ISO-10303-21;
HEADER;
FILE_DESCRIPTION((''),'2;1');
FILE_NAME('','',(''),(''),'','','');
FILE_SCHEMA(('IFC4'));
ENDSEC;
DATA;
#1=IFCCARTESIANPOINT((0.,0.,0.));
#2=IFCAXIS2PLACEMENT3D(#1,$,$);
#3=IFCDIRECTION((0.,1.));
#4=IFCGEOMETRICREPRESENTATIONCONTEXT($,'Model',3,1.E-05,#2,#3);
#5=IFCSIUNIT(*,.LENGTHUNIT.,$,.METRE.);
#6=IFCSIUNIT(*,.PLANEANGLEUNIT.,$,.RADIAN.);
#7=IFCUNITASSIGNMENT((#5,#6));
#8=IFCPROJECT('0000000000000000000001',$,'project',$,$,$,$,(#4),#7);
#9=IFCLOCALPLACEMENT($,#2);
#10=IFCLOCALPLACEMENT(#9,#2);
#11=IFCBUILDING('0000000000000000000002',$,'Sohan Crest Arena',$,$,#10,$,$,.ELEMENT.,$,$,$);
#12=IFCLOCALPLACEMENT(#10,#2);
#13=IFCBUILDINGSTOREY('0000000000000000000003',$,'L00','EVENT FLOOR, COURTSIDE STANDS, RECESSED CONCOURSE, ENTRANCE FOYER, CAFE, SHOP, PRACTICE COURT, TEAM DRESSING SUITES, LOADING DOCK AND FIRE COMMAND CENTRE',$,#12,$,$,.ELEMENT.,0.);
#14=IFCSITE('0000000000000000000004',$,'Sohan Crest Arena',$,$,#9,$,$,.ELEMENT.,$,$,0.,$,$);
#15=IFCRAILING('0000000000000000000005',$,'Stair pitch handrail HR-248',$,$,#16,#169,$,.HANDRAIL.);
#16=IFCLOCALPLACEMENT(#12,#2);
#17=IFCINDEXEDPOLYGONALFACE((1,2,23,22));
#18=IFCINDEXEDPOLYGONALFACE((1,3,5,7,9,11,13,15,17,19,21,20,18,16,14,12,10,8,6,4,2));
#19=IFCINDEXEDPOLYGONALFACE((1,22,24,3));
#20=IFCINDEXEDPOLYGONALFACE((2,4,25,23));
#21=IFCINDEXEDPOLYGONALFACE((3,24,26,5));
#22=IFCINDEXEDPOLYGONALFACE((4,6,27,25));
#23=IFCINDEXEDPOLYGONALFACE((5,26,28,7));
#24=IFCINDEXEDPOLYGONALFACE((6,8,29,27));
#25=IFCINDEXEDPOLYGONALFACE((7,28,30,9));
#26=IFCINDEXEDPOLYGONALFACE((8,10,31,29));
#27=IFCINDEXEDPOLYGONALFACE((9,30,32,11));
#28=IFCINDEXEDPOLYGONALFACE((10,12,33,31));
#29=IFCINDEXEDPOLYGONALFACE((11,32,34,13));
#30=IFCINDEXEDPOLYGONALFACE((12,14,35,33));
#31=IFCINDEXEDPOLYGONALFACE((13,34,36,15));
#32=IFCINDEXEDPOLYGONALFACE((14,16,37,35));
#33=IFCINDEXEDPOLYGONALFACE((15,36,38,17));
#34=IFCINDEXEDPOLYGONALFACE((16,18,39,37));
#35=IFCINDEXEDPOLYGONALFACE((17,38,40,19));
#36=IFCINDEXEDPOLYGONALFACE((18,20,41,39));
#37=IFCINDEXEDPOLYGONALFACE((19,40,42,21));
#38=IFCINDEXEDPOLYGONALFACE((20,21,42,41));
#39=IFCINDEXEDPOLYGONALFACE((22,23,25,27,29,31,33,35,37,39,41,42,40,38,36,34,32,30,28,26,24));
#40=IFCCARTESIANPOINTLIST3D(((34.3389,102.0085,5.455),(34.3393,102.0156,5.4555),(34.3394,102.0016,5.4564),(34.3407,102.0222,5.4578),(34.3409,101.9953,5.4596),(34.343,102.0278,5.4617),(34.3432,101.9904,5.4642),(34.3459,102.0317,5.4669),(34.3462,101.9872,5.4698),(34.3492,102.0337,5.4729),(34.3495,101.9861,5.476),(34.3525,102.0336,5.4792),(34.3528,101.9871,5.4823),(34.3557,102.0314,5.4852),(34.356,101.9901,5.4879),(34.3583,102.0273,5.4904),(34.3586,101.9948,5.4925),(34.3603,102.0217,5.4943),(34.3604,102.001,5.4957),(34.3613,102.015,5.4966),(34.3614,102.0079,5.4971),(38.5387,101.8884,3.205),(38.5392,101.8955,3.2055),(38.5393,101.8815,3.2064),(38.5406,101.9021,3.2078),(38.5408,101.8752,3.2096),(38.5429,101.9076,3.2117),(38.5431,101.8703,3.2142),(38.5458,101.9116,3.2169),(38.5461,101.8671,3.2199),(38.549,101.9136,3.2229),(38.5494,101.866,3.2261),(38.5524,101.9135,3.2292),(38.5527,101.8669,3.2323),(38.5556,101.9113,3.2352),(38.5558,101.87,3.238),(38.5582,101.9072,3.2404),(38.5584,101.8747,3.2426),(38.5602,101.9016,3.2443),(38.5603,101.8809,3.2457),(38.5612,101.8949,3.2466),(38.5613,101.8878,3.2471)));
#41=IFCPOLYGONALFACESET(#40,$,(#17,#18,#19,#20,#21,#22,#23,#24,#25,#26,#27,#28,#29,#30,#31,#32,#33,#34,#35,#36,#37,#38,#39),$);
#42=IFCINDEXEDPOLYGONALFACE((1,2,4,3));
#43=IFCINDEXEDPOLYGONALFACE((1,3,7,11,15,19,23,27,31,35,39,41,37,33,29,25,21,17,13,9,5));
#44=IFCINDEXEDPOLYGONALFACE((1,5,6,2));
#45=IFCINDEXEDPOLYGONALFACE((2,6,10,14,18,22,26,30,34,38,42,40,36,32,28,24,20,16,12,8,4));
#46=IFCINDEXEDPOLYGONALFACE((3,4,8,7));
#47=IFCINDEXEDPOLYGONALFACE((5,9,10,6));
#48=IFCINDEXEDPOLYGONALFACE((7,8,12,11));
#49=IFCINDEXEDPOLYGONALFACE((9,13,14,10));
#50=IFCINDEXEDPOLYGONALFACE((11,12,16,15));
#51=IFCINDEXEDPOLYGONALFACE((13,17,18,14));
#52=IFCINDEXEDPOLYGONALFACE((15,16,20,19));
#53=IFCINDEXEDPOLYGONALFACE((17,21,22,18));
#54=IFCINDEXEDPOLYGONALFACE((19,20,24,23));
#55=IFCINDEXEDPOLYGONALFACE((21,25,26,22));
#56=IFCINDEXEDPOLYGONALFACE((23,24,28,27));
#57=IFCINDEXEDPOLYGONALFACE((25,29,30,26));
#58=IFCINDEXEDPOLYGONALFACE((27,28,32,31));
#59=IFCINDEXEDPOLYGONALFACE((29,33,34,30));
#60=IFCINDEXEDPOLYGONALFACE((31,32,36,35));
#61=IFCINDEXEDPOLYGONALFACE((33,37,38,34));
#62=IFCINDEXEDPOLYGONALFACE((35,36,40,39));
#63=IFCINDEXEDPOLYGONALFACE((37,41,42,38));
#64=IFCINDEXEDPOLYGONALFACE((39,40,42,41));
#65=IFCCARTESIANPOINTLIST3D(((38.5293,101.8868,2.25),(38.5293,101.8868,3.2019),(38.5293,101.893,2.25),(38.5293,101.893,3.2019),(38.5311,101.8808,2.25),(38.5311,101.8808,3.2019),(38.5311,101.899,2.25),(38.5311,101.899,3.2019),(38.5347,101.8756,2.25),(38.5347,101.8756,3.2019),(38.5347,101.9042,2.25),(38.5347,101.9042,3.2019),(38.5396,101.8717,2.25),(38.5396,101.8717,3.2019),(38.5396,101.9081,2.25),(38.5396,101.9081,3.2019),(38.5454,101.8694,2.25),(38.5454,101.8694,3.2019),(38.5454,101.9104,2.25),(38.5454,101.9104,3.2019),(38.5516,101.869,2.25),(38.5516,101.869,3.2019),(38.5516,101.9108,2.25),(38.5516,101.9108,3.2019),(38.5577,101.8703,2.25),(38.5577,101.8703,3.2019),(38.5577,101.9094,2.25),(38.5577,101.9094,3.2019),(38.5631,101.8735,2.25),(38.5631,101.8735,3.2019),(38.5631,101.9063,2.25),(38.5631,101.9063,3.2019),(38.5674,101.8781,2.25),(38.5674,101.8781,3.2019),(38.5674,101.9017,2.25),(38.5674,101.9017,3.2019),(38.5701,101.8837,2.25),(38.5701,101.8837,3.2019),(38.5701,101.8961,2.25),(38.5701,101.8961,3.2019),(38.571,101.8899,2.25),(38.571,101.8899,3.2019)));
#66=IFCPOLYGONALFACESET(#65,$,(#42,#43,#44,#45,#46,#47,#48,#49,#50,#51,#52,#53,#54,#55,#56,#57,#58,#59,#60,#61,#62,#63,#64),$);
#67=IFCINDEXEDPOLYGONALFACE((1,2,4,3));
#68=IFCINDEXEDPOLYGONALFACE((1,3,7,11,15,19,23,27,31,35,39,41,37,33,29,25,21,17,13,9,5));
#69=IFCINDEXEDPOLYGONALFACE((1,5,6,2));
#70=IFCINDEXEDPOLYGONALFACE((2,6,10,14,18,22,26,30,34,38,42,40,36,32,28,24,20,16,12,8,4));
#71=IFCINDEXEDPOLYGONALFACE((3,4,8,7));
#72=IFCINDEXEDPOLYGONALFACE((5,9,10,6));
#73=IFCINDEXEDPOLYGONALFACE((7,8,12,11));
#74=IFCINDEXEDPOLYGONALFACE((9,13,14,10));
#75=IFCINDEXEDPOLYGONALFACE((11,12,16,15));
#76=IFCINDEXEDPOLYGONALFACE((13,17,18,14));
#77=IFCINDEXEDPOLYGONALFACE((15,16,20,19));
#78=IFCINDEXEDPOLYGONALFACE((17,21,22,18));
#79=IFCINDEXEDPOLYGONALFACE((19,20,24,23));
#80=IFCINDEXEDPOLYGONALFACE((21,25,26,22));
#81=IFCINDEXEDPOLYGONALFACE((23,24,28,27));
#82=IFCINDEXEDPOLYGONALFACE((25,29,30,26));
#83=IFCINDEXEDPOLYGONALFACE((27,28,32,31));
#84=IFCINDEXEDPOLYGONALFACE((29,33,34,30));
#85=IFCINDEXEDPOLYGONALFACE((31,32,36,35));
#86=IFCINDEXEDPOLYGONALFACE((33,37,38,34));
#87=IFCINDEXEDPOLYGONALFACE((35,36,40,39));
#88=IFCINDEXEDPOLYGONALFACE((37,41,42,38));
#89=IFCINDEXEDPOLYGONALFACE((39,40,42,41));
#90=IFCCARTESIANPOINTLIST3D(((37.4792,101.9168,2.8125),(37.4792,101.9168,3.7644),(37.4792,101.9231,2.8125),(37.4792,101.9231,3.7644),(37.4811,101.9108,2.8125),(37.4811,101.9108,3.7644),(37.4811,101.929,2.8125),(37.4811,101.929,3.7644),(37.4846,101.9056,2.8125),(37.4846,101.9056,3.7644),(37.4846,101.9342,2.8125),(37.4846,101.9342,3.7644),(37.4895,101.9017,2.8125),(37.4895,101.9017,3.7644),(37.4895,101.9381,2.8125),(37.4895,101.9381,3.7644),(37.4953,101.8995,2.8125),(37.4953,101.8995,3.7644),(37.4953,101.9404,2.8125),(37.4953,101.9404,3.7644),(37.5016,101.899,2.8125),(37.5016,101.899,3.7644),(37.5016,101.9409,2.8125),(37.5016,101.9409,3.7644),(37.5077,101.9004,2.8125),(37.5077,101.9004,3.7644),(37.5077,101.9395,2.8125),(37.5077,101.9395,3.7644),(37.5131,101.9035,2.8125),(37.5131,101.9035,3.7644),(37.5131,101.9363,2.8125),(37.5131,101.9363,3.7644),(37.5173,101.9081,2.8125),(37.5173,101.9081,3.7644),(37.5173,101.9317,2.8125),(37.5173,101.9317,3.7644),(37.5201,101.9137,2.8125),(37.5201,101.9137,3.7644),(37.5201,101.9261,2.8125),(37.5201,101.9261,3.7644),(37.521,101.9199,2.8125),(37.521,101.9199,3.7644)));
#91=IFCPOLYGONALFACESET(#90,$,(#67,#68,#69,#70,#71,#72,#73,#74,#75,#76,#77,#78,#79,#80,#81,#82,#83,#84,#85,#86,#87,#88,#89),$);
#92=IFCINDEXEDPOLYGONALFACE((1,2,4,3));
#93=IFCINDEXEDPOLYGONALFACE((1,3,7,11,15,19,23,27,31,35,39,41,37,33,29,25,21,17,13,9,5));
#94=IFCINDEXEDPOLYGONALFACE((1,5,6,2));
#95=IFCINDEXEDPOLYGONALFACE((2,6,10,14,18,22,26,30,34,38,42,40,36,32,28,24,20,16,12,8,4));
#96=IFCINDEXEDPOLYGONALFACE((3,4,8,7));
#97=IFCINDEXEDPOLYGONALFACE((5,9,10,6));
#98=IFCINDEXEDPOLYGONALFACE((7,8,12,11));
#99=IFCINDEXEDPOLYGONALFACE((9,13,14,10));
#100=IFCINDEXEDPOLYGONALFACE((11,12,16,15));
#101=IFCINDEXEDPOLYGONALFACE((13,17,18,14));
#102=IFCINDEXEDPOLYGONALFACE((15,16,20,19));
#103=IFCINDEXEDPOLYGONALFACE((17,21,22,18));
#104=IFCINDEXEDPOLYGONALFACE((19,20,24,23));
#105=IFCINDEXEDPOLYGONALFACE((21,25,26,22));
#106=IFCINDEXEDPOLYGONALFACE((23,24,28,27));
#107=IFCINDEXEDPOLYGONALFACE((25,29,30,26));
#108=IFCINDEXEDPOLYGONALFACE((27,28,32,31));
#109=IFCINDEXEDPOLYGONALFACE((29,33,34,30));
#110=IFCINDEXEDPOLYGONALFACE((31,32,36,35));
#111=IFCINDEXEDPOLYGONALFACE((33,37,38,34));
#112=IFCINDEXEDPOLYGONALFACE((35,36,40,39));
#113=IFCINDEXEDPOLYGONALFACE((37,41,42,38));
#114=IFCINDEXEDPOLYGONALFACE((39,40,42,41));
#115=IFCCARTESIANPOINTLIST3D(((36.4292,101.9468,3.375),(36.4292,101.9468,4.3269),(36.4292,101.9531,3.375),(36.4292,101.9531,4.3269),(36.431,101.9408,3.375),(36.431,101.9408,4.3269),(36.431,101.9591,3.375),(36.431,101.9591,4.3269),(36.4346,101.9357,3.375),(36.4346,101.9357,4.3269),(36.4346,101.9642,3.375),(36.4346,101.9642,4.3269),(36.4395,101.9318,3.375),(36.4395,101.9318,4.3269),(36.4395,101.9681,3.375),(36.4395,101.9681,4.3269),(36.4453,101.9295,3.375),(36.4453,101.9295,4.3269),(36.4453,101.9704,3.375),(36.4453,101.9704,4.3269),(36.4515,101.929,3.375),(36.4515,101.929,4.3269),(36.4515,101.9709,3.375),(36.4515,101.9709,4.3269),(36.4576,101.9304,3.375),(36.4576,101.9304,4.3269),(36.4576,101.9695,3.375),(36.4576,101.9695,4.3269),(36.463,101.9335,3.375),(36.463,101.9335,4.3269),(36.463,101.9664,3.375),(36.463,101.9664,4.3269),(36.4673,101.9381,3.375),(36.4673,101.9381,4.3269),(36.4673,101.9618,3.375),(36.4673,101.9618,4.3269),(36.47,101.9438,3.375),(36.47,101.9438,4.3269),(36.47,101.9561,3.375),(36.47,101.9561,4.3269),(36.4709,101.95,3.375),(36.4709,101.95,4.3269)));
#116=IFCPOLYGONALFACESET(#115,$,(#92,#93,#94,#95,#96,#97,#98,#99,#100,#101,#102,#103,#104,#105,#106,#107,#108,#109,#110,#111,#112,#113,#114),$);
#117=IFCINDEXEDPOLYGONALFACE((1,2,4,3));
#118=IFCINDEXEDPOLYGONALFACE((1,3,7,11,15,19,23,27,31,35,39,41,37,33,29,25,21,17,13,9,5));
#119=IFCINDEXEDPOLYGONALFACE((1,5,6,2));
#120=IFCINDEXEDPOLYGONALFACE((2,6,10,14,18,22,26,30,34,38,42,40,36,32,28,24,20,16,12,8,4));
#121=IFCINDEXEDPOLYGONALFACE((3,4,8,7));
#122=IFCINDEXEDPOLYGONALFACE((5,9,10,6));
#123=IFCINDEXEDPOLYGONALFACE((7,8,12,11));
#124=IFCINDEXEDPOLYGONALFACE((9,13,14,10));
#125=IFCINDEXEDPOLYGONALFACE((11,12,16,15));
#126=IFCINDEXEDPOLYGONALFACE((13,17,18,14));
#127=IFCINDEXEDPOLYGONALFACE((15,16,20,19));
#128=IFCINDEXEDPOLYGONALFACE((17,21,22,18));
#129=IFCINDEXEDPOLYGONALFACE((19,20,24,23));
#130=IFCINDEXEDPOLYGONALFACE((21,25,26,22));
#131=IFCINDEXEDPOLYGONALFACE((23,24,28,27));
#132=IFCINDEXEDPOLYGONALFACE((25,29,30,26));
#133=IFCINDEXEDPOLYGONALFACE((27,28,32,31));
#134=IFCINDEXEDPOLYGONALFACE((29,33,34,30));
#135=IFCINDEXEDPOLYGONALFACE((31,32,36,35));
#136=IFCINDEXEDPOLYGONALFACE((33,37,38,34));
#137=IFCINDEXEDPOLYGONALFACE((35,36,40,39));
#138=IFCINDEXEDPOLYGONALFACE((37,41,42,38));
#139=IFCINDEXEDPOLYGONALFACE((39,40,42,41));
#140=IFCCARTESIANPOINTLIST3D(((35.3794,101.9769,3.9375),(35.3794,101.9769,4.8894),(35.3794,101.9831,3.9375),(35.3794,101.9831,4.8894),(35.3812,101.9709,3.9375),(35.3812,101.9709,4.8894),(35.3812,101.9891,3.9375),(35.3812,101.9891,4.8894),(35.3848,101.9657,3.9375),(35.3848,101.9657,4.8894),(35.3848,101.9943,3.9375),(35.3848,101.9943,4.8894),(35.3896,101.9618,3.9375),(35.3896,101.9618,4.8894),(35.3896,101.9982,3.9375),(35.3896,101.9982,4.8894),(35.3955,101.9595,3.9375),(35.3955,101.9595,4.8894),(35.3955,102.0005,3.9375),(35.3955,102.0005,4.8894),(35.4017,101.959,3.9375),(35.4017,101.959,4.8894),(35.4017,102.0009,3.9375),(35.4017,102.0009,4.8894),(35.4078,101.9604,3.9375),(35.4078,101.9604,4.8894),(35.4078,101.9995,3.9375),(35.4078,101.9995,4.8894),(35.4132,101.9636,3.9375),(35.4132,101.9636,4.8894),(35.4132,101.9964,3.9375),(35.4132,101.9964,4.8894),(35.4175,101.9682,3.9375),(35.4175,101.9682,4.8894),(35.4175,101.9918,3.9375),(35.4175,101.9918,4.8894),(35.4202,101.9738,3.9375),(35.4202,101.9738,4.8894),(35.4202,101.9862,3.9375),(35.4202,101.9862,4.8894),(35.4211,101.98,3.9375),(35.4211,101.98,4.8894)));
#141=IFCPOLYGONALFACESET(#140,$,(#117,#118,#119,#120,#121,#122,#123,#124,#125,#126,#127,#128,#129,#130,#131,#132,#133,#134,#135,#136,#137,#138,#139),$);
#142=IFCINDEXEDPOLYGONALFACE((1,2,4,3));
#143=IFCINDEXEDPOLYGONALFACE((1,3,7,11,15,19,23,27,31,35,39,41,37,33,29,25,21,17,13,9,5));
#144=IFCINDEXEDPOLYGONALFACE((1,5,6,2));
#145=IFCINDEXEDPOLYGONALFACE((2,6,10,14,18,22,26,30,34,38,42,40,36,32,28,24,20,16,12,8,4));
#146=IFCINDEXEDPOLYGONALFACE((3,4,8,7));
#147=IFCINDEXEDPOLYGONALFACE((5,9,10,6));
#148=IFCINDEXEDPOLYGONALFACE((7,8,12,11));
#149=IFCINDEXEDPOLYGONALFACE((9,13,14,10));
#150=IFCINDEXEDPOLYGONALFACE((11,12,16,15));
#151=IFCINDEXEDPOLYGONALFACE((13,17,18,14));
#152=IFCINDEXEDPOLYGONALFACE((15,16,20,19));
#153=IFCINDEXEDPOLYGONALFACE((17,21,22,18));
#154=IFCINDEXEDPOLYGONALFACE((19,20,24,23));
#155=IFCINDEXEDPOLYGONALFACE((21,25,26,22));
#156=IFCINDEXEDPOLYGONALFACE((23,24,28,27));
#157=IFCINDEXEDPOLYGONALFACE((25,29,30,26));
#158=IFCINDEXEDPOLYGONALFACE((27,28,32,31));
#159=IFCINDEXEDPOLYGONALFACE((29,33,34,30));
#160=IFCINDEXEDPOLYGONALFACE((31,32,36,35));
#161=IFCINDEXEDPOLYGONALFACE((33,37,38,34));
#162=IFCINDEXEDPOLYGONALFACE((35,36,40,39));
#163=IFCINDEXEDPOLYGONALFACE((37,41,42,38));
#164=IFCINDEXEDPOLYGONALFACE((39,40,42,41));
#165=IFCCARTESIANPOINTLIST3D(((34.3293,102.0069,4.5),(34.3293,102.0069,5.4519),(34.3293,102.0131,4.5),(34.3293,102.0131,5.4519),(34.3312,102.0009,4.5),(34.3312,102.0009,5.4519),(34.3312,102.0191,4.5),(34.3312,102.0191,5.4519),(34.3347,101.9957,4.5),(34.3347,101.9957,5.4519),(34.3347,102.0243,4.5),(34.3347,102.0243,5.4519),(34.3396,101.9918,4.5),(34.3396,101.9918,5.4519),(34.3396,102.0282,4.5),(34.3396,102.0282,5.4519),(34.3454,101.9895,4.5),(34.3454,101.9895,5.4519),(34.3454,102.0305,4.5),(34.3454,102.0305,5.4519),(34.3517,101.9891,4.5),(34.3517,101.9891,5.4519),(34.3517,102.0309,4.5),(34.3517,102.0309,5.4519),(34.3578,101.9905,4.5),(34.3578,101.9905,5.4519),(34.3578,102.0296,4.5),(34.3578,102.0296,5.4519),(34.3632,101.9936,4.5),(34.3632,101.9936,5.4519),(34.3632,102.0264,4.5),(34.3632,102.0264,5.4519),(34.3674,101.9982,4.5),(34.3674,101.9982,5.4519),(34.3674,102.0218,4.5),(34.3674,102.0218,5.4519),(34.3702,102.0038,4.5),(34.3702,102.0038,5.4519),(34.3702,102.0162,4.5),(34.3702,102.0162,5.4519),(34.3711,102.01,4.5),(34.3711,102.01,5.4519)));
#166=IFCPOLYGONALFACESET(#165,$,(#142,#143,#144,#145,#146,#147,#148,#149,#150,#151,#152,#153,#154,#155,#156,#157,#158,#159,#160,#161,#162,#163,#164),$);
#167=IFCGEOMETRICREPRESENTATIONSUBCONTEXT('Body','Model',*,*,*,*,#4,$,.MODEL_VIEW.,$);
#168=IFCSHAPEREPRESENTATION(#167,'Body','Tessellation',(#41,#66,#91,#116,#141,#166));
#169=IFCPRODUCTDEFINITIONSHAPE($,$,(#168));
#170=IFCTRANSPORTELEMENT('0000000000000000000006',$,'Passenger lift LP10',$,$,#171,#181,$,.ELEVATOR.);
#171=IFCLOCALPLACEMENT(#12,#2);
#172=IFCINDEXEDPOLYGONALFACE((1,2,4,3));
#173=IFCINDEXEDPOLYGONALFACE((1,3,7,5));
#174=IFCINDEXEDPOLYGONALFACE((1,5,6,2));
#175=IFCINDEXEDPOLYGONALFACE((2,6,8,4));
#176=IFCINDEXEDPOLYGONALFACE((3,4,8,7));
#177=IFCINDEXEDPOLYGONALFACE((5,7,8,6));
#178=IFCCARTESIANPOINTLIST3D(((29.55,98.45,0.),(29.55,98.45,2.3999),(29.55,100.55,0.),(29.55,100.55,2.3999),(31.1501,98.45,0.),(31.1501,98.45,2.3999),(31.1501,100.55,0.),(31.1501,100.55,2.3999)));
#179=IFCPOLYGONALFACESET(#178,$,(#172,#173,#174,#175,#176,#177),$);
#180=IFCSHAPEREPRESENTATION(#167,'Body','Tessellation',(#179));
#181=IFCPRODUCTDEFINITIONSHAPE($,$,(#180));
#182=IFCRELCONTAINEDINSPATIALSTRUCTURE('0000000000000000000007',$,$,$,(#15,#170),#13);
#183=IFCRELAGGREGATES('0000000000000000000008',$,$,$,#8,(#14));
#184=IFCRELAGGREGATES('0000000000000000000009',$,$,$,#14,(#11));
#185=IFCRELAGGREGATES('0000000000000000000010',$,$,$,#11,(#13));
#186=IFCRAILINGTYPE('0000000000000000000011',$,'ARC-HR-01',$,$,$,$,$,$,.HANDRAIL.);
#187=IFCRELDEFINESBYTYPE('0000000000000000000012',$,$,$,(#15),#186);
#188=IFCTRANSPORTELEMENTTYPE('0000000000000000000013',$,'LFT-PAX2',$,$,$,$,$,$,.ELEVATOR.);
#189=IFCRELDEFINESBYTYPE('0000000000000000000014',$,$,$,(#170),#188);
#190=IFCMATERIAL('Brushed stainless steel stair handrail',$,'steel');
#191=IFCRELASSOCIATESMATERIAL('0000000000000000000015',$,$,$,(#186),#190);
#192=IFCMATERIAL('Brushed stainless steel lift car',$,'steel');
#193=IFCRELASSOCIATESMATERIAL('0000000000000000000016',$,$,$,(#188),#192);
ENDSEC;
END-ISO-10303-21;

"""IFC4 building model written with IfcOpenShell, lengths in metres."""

from ifc_helpers import new_model, si_unit, direction, frame, origin, origin_2d, place, context, subcontext, project, spatial, rectangle, circle, extrude, material, type_object, element, save


model = new_model("IFC4")

# Units and contexts
model_context = context("Model", 3, precision=1e-05, world=origin(), true_north=direction((0.0, 1.0)))
body_context = subcontext(model_context, "Body", "Model", "MODEL_VIEW")
ifc_project = project(units=[si_unit("LENGTHUNIT", "METRE"), si_unit("PLANEANGLEUNIT", "RADIAN")], contexts=[model_context])

# Site, building, storey
site_placement = place(None, origin())
site = spatial("IfcSite", under=ifc_project, at=site_placement, Name="Sohan Crest Arena", CompositionType="ELEMENT", RefElevation=0.0)
building_placement = place(site_placement, origin())
building = spatial("IfcBuilding", under=site, at=building_placement, Name="Sohan Crest Arena", CompositionType="ELEMENT")
storey_placement = place(building_placement, origin())
storey = spatial("IfcBuildingStorey", under=building, at=storey_placement, Name="L00", Description="EVENT FLOOR, COURTSIDE STANDS, RECESSED CONCOURSE, ENTRANCE FOYER, CAFE, SHOP, PRACTICE COURT, TEAM DRESSING SUITES, LOADING DOCK AND FIRE COMMAND CENTRE", CompositionType="ELEMENT", Elevation=0.0)

# Railing
ifc_material_1 = material(Name="Brushed stainless steel stair handrail", Category="steel")
railing_type_1 = type_object("IfcRailingType", Name="ARC-HR-01", PredefinedType="HANDRAIL", material=ifc_material_1)
railing_1_placement = place(storey_placement, frame((38.55, 101.8899, 2.25)))
element("IfcRailing", 1, at=railing_1_placement, inside=storey, type_object=railing_type_1, Name="Stair pitch handrail HR-248", PredefinedType="HANDRAIL", context=body_context, shape_type="SweptSolid", body=[
    extrude(circle(Radius=0.0239, at=origin_2d()), frame((0.0, 0.0, 0.9761), z_axis=(-0.881198, 0.025202, 0.472076), x_axis=(-0.028588, -0.999591, 0.0)), (0.0, 0.0, 1.0), 4.7661),
    extrude(circle(Radius=0.021, at=origin_2d()), origin(), (0.0, 0.0, 1.0), 0.9519),
    extrude(circle(Radius=0.021, at=origin_2d()), frame((-1.05, 0.03, 0.5625)), (0.0, 0.0, 1.0), 0.9519),
    extrude(circle(Radius=0.021, at=origin_2d()), frame((-2.1001, 0.0601, 1.125)), (0.0, 0.0, 1.0), 0.9519),
    extrude(circle(Radius=0.021, at=origin_2d()), frame((-3.1499, 0.0901, 1.6875)), (0.0, 0.0, 1.0), 0.9519),
    extrude(circle(Radius=0.021, at=origin_2d()), frame((-4.2, 0.1201, 2.25)), (0.0, 0.0, 1.0), 0.9519),
])

# Transport element
ifc_material_2 = material(Name="Brushed stainless steel lift car", Category="steel")
transport_element_type = type_object("IfcTransportElementType", Name="LFT-PAX2", PredefinedType="ELEVATOR", material=ifc_material_2)
transport_element_placement = place(storey_placement, frame((30.3501, 99.5, 0.0), z_axis=(0.0, 0.0, 1.0), x_axis=(1.0, 0.0, 0.0)))
element("IfcTransportElement", 2, at=transport_element_placement, inside=storey, type_object=transport_element_type, Name="Passenger lift LP10", PredefinedType="ELEVATOR", context=body_context, shape_type="SweptSolid", body=[
    extrude(rectangle(XDim=1.6001, YDim=2.1001, at=origin_2d()), origin(), (0.0, 0.0, 1.0), 2.3999),
])

save(model, "model.ifc")
